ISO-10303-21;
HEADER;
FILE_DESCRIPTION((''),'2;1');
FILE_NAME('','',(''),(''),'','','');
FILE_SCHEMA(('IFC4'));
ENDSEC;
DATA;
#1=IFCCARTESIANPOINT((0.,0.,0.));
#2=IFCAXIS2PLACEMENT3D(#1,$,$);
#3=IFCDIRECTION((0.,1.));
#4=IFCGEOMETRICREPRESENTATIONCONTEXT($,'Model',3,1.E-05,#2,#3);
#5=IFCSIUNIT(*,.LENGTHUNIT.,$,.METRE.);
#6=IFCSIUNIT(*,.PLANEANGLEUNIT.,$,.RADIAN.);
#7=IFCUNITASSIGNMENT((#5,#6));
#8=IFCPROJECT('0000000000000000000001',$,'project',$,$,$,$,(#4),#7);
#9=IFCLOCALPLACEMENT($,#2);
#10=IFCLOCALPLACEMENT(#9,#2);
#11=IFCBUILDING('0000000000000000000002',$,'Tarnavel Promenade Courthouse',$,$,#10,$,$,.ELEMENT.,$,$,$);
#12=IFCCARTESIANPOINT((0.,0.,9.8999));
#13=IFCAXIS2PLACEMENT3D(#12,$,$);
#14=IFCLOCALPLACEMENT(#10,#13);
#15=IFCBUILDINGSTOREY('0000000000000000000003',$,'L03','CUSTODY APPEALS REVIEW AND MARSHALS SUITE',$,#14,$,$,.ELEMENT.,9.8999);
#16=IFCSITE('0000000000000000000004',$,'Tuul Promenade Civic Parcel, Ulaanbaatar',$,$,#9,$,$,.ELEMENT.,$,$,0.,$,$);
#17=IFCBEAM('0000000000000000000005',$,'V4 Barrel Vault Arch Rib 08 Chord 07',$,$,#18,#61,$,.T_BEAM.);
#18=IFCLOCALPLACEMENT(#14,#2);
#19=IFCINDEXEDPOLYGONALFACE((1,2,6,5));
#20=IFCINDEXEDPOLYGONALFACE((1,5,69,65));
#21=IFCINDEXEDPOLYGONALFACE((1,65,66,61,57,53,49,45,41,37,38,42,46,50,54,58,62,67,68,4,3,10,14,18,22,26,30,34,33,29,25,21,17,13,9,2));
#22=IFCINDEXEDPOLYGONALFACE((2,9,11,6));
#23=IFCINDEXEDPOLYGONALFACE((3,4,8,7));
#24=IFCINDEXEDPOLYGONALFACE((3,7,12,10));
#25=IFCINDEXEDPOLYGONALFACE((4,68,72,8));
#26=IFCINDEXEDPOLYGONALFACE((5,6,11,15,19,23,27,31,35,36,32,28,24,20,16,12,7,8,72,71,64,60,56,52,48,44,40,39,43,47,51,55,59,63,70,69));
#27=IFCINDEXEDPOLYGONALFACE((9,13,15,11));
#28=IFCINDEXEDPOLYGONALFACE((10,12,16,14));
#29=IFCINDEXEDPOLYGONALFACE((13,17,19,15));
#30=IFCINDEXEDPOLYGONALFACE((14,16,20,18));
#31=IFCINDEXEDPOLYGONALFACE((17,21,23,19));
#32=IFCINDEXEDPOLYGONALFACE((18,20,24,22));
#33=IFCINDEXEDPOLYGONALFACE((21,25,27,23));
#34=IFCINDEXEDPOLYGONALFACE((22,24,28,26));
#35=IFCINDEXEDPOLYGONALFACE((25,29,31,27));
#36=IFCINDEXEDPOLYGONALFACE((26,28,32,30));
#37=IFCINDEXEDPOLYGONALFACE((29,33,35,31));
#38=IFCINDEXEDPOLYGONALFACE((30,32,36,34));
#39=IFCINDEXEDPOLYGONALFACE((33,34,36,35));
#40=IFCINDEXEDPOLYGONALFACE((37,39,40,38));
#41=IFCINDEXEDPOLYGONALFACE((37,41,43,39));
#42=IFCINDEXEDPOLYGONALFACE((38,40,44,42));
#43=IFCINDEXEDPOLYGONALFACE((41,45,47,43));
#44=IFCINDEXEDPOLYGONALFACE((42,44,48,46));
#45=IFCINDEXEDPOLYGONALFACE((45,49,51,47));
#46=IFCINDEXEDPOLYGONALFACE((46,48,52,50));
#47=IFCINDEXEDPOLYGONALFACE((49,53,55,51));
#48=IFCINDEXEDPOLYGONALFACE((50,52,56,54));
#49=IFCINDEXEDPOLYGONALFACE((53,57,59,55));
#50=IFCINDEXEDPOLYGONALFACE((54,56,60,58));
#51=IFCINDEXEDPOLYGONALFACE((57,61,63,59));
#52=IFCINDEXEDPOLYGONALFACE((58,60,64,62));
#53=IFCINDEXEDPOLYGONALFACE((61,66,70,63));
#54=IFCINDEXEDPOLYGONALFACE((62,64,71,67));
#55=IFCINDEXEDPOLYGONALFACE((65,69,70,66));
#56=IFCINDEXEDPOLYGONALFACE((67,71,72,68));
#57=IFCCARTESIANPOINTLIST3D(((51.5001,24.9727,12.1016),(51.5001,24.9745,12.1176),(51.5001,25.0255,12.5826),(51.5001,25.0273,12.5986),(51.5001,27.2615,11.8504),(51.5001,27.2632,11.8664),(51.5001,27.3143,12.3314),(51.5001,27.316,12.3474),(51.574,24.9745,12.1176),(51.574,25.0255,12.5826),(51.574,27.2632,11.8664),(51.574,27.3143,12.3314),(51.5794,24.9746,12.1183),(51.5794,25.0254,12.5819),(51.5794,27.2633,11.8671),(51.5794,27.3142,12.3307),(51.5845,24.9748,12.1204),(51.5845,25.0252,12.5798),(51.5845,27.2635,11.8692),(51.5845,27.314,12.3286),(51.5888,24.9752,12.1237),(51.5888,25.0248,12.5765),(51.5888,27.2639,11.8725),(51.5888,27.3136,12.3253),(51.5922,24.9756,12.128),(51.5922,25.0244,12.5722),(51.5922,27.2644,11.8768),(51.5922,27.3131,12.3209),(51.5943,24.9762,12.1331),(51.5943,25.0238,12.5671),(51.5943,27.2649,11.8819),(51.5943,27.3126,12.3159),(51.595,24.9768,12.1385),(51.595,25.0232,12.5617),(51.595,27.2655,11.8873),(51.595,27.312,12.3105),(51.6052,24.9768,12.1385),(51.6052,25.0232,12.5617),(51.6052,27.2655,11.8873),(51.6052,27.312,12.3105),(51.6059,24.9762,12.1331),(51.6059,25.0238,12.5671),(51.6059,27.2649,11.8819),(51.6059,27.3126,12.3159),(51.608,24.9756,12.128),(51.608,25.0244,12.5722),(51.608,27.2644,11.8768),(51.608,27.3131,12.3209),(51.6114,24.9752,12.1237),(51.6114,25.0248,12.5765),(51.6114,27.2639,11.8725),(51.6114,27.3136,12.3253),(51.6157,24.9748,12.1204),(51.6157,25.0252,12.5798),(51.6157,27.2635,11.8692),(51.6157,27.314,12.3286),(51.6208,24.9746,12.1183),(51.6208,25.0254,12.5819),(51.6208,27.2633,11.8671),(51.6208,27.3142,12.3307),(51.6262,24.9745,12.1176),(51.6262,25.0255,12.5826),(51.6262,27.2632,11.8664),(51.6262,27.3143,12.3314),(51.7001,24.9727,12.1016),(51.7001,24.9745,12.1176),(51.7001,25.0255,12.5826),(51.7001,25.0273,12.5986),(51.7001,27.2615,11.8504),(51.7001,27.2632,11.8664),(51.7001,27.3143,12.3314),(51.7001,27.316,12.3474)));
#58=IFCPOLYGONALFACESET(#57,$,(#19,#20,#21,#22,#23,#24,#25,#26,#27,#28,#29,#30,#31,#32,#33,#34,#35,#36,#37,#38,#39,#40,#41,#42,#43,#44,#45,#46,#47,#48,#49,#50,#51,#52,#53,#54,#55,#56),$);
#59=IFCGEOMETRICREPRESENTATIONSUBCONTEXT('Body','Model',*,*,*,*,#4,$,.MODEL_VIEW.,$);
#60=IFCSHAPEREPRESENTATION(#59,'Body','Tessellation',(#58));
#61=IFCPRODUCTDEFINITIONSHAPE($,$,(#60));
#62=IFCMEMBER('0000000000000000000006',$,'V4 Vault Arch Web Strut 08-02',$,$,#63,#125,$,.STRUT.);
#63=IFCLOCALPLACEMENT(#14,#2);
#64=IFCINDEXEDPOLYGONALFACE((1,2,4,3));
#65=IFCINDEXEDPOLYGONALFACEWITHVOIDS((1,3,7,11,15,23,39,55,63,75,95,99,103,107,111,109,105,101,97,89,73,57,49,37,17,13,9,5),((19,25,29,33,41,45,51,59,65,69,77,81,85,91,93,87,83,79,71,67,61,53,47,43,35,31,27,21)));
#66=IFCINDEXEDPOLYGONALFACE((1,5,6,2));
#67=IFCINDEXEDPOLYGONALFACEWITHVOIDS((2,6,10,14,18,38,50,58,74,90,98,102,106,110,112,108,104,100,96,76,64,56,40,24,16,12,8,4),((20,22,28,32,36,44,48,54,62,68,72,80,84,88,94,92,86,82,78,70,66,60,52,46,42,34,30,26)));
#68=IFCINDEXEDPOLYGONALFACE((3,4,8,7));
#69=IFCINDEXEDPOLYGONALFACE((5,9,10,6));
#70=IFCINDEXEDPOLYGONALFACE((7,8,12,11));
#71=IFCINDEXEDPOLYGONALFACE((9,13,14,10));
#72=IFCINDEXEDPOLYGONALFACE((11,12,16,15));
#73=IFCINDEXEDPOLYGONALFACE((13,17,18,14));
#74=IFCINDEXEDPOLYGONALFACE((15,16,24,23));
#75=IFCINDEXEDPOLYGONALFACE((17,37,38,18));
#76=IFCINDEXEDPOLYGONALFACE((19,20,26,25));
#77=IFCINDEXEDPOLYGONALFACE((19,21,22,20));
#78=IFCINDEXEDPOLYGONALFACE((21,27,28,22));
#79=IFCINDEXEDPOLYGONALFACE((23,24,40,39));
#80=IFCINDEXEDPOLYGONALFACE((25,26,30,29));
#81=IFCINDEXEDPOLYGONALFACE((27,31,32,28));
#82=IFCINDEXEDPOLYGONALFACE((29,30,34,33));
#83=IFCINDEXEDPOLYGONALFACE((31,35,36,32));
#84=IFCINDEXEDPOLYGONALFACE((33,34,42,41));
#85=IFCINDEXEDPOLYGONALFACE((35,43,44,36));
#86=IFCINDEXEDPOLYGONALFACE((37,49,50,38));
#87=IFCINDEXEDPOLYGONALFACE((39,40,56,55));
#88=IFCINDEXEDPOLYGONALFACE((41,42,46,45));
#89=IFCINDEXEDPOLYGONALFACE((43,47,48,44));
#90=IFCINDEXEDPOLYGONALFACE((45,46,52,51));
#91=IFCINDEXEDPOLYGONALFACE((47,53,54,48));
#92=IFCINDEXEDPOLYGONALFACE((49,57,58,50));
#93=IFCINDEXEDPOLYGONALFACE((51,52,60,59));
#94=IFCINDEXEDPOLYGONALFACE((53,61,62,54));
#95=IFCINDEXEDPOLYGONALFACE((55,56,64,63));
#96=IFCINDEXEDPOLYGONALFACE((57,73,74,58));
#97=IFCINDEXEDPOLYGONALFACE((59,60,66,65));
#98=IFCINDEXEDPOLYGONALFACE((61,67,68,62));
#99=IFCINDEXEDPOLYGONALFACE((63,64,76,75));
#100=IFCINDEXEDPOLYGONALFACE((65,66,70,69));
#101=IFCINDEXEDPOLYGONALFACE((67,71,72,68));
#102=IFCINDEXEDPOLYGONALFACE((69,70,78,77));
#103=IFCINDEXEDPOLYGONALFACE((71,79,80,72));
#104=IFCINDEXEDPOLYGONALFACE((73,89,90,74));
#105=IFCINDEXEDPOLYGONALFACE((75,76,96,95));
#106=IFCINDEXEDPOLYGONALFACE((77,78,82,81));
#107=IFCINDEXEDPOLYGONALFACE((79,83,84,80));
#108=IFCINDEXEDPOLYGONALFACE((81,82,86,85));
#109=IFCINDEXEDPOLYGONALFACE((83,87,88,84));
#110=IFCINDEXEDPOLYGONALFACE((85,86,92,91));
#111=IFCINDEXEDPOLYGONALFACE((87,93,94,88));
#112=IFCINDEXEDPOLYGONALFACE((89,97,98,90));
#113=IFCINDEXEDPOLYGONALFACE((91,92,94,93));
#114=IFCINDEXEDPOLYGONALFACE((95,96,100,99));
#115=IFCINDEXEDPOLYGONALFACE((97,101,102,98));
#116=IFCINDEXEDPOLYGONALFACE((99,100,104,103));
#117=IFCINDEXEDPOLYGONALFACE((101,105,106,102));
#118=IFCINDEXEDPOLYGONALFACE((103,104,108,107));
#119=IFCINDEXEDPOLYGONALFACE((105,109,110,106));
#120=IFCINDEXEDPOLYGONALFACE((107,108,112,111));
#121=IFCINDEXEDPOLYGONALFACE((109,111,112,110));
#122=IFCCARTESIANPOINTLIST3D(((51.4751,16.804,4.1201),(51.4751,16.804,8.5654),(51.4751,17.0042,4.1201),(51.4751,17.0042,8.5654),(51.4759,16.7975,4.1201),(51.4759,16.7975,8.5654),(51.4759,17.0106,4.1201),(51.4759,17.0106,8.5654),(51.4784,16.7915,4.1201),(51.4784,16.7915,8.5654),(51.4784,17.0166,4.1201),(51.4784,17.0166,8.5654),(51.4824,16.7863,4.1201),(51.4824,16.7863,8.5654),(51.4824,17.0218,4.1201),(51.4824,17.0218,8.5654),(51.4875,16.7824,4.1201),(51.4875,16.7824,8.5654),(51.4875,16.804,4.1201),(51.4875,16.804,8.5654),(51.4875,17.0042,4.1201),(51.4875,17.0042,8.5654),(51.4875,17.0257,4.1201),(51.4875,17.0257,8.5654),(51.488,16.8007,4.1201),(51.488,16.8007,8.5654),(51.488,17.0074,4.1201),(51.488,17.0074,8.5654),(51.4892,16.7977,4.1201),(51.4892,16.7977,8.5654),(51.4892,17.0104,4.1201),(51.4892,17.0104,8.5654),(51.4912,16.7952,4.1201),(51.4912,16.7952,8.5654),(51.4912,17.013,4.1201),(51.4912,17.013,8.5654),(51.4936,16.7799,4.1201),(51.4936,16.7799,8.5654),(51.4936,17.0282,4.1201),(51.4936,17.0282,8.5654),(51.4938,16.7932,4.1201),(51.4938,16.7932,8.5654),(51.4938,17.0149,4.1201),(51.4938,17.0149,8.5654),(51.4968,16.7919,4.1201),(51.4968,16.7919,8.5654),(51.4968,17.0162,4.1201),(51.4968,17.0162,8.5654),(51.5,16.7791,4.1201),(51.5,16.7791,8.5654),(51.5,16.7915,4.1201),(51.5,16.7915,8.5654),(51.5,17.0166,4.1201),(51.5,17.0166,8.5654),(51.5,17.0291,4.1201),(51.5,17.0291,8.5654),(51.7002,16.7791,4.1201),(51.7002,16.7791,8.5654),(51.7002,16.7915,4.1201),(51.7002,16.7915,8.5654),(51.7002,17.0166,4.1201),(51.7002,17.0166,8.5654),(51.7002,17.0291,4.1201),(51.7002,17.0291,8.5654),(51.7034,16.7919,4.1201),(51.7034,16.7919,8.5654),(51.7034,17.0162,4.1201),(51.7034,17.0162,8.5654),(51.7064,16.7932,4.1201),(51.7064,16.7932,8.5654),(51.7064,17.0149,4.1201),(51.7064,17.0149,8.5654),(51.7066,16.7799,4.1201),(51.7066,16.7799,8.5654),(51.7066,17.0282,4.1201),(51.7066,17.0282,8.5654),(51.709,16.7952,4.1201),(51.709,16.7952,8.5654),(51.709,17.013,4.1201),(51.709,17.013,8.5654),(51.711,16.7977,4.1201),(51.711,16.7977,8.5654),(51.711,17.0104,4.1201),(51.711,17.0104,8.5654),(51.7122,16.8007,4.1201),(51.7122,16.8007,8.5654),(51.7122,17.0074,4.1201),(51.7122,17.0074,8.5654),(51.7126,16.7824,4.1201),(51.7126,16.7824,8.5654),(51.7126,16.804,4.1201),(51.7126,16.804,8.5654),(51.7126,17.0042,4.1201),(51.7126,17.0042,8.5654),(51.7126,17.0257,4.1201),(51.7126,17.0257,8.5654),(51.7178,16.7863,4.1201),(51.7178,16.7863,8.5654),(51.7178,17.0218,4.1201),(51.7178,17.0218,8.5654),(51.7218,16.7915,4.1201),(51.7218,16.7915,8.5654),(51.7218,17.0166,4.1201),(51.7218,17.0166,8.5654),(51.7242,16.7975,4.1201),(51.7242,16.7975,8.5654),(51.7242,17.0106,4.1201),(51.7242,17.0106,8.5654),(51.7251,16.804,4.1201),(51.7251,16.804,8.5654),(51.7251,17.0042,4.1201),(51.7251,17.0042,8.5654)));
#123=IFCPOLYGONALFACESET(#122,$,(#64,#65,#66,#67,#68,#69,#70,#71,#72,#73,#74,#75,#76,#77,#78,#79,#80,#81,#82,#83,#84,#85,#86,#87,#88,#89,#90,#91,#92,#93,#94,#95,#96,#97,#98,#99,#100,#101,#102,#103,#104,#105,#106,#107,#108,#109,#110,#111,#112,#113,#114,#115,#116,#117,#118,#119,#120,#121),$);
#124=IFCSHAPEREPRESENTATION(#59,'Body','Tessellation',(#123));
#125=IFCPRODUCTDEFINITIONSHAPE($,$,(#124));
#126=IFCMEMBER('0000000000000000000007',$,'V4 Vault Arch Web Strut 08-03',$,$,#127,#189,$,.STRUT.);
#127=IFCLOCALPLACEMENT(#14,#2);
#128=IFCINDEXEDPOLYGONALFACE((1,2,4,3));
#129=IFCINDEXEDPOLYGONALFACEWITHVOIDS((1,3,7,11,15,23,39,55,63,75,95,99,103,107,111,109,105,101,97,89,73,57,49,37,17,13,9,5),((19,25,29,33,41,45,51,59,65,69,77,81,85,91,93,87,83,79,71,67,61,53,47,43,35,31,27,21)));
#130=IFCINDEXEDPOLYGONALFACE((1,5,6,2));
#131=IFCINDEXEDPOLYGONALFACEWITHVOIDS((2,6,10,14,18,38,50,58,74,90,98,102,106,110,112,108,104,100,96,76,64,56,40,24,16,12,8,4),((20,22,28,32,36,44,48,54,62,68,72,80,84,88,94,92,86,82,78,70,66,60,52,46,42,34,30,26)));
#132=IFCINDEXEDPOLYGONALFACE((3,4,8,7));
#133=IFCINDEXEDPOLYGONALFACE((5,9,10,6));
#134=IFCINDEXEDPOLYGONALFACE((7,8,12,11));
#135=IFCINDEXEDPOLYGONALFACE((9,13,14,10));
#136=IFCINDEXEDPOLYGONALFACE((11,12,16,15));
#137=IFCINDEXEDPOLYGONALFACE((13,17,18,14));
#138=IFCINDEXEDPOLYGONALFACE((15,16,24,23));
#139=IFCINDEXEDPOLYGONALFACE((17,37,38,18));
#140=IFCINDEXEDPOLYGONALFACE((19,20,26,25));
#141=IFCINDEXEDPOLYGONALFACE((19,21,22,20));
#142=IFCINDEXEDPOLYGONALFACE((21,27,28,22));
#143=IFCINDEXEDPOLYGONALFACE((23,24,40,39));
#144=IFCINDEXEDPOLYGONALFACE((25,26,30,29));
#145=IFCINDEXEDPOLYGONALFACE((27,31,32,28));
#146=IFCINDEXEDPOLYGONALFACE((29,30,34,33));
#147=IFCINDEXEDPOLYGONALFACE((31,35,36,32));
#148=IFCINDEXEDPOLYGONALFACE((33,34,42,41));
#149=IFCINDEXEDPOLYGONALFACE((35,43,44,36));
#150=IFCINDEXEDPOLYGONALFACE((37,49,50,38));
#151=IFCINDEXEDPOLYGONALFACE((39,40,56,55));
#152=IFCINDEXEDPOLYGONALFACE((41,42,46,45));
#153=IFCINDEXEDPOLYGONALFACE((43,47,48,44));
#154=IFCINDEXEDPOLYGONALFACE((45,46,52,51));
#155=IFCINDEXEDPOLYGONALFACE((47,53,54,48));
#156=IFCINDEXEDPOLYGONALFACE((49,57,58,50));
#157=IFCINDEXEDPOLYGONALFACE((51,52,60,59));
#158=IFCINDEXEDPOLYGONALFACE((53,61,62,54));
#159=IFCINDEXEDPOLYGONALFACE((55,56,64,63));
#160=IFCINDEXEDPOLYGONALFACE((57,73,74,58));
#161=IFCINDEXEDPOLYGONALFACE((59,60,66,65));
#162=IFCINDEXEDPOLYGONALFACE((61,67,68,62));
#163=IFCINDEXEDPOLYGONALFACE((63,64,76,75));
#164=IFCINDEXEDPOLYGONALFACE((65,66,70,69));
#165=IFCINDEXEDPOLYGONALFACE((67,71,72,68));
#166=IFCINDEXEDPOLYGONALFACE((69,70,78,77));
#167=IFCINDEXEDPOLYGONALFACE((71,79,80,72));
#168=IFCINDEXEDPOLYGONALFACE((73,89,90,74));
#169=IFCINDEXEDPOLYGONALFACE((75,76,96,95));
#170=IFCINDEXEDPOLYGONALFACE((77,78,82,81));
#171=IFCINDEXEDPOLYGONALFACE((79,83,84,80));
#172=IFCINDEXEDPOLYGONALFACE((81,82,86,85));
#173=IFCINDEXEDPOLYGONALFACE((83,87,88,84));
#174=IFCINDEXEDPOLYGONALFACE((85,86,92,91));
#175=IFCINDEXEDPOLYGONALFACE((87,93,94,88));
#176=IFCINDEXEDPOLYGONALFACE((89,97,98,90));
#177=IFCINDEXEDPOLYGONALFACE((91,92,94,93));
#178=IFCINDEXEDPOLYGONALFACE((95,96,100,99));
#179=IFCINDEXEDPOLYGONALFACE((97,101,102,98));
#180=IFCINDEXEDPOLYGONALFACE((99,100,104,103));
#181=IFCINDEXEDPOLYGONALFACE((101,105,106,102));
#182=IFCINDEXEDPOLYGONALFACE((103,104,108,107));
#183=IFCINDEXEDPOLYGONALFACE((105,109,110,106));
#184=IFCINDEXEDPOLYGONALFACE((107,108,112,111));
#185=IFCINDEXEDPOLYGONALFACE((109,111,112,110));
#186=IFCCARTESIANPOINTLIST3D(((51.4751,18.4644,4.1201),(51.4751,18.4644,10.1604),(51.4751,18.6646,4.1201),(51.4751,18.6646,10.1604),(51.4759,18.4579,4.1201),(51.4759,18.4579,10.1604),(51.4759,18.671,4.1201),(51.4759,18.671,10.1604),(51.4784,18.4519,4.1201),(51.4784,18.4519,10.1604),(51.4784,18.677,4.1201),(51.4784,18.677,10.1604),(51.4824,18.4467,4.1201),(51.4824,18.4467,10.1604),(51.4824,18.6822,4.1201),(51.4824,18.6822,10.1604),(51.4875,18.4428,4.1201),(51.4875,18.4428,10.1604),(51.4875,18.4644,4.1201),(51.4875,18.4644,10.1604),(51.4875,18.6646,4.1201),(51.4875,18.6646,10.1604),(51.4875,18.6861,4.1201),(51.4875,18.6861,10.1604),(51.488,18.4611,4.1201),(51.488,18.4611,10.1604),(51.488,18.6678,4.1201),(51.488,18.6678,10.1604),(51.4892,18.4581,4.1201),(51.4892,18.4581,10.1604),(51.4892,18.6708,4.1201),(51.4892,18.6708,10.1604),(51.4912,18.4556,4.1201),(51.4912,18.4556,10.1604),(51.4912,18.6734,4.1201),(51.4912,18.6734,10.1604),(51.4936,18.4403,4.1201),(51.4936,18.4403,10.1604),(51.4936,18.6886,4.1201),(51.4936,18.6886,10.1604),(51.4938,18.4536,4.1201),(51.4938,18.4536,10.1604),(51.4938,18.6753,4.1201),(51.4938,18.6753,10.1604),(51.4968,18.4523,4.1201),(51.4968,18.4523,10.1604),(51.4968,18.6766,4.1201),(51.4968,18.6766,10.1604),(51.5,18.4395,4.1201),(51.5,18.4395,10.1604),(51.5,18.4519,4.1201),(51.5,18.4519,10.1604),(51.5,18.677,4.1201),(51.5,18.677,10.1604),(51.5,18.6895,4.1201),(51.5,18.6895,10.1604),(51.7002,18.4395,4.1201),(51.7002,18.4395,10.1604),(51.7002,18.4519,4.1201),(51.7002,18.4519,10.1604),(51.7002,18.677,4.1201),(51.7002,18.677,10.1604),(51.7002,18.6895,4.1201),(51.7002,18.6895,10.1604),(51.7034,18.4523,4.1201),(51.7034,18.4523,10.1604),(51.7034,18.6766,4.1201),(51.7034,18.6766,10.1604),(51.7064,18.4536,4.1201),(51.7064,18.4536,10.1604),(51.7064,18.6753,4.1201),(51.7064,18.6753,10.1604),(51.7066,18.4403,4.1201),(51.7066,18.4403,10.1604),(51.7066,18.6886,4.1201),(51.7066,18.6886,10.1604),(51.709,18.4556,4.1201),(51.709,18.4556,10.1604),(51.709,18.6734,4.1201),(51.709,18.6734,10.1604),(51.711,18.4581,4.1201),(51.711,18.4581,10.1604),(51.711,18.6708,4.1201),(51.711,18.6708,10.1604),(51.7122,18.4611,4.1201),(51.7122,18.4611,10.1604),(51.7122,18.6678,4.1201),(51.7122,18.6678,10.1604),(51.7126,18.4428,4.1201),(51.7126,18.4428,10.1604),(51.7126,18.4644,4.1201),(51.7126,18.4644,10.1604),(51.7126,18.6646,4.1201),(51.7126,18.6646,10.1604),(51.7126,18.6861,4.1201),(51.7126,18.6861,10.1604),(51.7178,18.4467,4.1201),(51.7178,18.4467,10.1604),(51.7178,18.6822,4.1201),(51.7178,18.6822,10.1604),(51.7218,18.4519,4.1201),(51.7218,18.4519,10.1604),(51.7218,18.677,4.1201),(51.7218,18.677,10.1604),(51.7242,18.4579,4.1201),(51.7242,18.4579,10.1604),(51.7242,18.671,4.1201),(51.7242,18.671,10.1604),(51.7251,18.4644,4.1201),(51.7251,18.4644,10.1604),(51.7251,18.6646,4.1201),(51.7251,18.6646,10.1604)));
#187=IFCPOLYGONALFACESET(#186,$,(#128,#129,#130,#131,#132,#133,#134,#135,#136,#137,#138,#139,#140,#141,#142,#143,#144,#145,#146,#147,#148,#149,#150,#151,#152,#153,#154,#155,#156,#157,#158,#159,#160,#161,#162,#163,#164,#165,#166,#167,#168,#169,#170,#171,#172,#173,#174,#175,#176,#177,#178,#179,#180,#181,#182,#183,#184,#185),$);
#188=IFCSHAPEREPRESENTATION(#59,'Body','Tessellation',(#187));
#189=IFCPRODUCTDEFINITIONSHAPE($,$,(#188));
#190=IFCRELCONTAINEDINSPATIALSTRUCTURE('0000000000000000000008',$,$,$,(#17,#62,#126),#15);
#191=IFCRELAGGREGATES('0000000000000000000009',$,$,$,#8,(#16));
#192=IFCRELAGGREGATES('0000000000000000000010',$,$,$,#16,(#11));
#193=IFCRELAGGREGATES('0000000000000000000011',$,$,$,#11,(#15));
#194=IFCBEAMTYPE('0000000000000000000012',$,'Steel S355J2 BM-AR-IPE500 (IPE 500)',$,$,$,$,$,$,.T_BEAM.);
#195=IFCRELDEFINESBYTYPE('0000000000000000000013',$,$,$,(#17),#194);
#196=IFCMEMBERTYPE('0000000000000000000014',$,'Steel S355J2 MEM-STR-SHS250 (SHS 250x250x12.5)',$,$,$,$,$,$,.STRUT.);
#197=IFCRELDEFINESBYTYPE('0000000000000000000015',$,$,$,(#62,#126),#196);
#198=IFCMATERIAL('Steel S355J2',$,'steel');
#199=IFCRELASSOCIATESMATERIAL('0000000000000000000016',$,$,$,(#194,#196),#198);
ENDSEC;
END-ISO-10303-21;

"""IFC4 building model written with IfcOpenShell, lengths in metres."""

from ifc_helpers import new_model, si_unit, direction, frame, origin, origin_2d, place, context, subcontext, project, spatial, hollow_rectangle, i_section, extrude, material, material_profile, profile_set, type_object, element, save


model = new_model("IFC4")

# Units and contexts
model_context = context("Model", 3, precision=1e-05, world=origin(), true_north=direction((0.0, 1.0)))
body_context = subcontext(model_context, "Body", "Model", "MODEL_VIEW")
ifc_project = project(units=[si_unit("LENGTHUNIT", "METRE"), si_unit("PLANEANGLEUNIT", "RADIAN")], contexts=[model_context])

# Site, building, storey
site_placement = place(None, origin())
site = spatial("IfcSite", under=ifc_project, at=site_placement, Name="Tuul Promenade Civic Parcel, Ulaanbaatar", CompositionType="ELEMENT", RefElevation=0.0)
building_placement = place(site_placement, origin())
building = spatial("IfcBuilding", under=site, at=building_placement, Name="Tarnavel Promenade Courthouse", CompositionType="ELEMENT")
storey_placement = place(building_placement, frame((0.0, 0.0, 9.8999)))
storey = spatial("IfcBuildingStorey", under=building, at=storey_placement, Name="L03", Description="CUSTODY APPEALS REVIEW AND MARSHALS SUITE", CompositionType="ELEMENT", Elevation=9.8999)

# Beam
ifc_material_1 = material(Name="Steel S355J2", Category="steel")
ifc_material_profile_1 = material_profile(ifc_material_1, i_section(OverallWidth=0.2, OverallDepth=0.5, WebThickness=0.0103, FlangeThickness=0.0161, FilletRadius=0.021, at=origin_2d()), Name="IPE 500")
ifc_profile_set_1 = profile_set([ifc_material_profile_1], Name="Steel S355J2")
beam_type = type_object("IfcBeamType", Name="Steel S355J2 BM-AR-IPE500 (IPE 500)", PredefinedType="T_BEAM", material=ifc_profile_set_1)
for number, where, z_axis, x_axis, name in (
    (1, (51.6001, 25.0, 12.3501), (0.0, 0.99403, -0.109105), (-1.0, 0.0, 0.0), "V4 Barrel Vault Arch Rib 08 Chord 07"),
):
    element("IfcBeam", number, at=place(storey_placement, frame(where, z_axis=z_axis, x_axis=x_axis)), inside=storey, type_object=beam_type, Name=name, PredefinedType="T_BEAM", context=body_context, shape_type="SweptSolid", body=[
        extrude(i_section(OverallWidth=0.2, OverallDepth=0.5, WebThickness=0.0103, FlangeThickness=0.0161, FilletRadius=0.021, at=origin_2d()), origin(), (0.0, 0.0, 1.0), 2.3025),
    ])

# Members
ifc_material_profile_2 = material_profile(ifc_material_1, hollow_rectangle(XDim=0.25, YDim=0.25, WallThickness=0.0125, InnerFilletRadius=0.0125, OuterFilletRadius=0.0249, at=origin_2d()), Name="SHS 250x250x12.5")
ifc_profile_set_2 = profile_set([ifc_material_profile_2], Name="Steel S355J2")
member_type_1 = type_object("IfcMemberType", Name="Steel S355J2 MEM-STR-SHS250 (SHS 250x250x12.5)", PredefinedType="STRUT", material=ifc_profile_set_2)
member_1_placement = place(storey_placement, frame((51.6001, 16.9041, 4.1201), z_axis=(0.0, 0.0, 1.0), x_axis=(1.0, 0.0, 0.0)))
element("IfcMember", 2, at=member_1_placement, inside=storey, type_object=member_type_1, Name="V4 Vault Arch Web Strut 08-02", PredefinedType="STRUT", context=body_context, shape_type="SweptSolid", body=[
    extrude(hollow_rectangle(XDim=0.25, YDim=0.25, WallThickness=0.0125, InnerFilletRadius=0.0125, OuterFilletRadius=0.0249, at=origin_2d()), origin(), (0.0, 0.0, 1.0), 4.4453),
])
member_2_placement = place(storey_placement, frame((51.6001, 18.5645, 4.1201), z_axis=(0.0, 0.0, 1.0), x_axis=(1.0, 0.0, 0.0)))
element("IfcMember", 3, at=member_2_placement, inside=storey, type_object=member_type_1, Name="V4 Vault Arch Web Strut 08-03", PredefinedType="STRUT", context=body_context, shape_type="SweptSolid", body=[
    extrude(hollow_rectangle(XDim=0.25, YDim=0.25, WallThickness=0.0125, InnerFilletRadius=0.0125, OuterFilletRadius=0.0249, at=origin_2d()), origin(), (0.0, 0.0, 1.0), 6.0403),
])

save(model, "model.ifc")
